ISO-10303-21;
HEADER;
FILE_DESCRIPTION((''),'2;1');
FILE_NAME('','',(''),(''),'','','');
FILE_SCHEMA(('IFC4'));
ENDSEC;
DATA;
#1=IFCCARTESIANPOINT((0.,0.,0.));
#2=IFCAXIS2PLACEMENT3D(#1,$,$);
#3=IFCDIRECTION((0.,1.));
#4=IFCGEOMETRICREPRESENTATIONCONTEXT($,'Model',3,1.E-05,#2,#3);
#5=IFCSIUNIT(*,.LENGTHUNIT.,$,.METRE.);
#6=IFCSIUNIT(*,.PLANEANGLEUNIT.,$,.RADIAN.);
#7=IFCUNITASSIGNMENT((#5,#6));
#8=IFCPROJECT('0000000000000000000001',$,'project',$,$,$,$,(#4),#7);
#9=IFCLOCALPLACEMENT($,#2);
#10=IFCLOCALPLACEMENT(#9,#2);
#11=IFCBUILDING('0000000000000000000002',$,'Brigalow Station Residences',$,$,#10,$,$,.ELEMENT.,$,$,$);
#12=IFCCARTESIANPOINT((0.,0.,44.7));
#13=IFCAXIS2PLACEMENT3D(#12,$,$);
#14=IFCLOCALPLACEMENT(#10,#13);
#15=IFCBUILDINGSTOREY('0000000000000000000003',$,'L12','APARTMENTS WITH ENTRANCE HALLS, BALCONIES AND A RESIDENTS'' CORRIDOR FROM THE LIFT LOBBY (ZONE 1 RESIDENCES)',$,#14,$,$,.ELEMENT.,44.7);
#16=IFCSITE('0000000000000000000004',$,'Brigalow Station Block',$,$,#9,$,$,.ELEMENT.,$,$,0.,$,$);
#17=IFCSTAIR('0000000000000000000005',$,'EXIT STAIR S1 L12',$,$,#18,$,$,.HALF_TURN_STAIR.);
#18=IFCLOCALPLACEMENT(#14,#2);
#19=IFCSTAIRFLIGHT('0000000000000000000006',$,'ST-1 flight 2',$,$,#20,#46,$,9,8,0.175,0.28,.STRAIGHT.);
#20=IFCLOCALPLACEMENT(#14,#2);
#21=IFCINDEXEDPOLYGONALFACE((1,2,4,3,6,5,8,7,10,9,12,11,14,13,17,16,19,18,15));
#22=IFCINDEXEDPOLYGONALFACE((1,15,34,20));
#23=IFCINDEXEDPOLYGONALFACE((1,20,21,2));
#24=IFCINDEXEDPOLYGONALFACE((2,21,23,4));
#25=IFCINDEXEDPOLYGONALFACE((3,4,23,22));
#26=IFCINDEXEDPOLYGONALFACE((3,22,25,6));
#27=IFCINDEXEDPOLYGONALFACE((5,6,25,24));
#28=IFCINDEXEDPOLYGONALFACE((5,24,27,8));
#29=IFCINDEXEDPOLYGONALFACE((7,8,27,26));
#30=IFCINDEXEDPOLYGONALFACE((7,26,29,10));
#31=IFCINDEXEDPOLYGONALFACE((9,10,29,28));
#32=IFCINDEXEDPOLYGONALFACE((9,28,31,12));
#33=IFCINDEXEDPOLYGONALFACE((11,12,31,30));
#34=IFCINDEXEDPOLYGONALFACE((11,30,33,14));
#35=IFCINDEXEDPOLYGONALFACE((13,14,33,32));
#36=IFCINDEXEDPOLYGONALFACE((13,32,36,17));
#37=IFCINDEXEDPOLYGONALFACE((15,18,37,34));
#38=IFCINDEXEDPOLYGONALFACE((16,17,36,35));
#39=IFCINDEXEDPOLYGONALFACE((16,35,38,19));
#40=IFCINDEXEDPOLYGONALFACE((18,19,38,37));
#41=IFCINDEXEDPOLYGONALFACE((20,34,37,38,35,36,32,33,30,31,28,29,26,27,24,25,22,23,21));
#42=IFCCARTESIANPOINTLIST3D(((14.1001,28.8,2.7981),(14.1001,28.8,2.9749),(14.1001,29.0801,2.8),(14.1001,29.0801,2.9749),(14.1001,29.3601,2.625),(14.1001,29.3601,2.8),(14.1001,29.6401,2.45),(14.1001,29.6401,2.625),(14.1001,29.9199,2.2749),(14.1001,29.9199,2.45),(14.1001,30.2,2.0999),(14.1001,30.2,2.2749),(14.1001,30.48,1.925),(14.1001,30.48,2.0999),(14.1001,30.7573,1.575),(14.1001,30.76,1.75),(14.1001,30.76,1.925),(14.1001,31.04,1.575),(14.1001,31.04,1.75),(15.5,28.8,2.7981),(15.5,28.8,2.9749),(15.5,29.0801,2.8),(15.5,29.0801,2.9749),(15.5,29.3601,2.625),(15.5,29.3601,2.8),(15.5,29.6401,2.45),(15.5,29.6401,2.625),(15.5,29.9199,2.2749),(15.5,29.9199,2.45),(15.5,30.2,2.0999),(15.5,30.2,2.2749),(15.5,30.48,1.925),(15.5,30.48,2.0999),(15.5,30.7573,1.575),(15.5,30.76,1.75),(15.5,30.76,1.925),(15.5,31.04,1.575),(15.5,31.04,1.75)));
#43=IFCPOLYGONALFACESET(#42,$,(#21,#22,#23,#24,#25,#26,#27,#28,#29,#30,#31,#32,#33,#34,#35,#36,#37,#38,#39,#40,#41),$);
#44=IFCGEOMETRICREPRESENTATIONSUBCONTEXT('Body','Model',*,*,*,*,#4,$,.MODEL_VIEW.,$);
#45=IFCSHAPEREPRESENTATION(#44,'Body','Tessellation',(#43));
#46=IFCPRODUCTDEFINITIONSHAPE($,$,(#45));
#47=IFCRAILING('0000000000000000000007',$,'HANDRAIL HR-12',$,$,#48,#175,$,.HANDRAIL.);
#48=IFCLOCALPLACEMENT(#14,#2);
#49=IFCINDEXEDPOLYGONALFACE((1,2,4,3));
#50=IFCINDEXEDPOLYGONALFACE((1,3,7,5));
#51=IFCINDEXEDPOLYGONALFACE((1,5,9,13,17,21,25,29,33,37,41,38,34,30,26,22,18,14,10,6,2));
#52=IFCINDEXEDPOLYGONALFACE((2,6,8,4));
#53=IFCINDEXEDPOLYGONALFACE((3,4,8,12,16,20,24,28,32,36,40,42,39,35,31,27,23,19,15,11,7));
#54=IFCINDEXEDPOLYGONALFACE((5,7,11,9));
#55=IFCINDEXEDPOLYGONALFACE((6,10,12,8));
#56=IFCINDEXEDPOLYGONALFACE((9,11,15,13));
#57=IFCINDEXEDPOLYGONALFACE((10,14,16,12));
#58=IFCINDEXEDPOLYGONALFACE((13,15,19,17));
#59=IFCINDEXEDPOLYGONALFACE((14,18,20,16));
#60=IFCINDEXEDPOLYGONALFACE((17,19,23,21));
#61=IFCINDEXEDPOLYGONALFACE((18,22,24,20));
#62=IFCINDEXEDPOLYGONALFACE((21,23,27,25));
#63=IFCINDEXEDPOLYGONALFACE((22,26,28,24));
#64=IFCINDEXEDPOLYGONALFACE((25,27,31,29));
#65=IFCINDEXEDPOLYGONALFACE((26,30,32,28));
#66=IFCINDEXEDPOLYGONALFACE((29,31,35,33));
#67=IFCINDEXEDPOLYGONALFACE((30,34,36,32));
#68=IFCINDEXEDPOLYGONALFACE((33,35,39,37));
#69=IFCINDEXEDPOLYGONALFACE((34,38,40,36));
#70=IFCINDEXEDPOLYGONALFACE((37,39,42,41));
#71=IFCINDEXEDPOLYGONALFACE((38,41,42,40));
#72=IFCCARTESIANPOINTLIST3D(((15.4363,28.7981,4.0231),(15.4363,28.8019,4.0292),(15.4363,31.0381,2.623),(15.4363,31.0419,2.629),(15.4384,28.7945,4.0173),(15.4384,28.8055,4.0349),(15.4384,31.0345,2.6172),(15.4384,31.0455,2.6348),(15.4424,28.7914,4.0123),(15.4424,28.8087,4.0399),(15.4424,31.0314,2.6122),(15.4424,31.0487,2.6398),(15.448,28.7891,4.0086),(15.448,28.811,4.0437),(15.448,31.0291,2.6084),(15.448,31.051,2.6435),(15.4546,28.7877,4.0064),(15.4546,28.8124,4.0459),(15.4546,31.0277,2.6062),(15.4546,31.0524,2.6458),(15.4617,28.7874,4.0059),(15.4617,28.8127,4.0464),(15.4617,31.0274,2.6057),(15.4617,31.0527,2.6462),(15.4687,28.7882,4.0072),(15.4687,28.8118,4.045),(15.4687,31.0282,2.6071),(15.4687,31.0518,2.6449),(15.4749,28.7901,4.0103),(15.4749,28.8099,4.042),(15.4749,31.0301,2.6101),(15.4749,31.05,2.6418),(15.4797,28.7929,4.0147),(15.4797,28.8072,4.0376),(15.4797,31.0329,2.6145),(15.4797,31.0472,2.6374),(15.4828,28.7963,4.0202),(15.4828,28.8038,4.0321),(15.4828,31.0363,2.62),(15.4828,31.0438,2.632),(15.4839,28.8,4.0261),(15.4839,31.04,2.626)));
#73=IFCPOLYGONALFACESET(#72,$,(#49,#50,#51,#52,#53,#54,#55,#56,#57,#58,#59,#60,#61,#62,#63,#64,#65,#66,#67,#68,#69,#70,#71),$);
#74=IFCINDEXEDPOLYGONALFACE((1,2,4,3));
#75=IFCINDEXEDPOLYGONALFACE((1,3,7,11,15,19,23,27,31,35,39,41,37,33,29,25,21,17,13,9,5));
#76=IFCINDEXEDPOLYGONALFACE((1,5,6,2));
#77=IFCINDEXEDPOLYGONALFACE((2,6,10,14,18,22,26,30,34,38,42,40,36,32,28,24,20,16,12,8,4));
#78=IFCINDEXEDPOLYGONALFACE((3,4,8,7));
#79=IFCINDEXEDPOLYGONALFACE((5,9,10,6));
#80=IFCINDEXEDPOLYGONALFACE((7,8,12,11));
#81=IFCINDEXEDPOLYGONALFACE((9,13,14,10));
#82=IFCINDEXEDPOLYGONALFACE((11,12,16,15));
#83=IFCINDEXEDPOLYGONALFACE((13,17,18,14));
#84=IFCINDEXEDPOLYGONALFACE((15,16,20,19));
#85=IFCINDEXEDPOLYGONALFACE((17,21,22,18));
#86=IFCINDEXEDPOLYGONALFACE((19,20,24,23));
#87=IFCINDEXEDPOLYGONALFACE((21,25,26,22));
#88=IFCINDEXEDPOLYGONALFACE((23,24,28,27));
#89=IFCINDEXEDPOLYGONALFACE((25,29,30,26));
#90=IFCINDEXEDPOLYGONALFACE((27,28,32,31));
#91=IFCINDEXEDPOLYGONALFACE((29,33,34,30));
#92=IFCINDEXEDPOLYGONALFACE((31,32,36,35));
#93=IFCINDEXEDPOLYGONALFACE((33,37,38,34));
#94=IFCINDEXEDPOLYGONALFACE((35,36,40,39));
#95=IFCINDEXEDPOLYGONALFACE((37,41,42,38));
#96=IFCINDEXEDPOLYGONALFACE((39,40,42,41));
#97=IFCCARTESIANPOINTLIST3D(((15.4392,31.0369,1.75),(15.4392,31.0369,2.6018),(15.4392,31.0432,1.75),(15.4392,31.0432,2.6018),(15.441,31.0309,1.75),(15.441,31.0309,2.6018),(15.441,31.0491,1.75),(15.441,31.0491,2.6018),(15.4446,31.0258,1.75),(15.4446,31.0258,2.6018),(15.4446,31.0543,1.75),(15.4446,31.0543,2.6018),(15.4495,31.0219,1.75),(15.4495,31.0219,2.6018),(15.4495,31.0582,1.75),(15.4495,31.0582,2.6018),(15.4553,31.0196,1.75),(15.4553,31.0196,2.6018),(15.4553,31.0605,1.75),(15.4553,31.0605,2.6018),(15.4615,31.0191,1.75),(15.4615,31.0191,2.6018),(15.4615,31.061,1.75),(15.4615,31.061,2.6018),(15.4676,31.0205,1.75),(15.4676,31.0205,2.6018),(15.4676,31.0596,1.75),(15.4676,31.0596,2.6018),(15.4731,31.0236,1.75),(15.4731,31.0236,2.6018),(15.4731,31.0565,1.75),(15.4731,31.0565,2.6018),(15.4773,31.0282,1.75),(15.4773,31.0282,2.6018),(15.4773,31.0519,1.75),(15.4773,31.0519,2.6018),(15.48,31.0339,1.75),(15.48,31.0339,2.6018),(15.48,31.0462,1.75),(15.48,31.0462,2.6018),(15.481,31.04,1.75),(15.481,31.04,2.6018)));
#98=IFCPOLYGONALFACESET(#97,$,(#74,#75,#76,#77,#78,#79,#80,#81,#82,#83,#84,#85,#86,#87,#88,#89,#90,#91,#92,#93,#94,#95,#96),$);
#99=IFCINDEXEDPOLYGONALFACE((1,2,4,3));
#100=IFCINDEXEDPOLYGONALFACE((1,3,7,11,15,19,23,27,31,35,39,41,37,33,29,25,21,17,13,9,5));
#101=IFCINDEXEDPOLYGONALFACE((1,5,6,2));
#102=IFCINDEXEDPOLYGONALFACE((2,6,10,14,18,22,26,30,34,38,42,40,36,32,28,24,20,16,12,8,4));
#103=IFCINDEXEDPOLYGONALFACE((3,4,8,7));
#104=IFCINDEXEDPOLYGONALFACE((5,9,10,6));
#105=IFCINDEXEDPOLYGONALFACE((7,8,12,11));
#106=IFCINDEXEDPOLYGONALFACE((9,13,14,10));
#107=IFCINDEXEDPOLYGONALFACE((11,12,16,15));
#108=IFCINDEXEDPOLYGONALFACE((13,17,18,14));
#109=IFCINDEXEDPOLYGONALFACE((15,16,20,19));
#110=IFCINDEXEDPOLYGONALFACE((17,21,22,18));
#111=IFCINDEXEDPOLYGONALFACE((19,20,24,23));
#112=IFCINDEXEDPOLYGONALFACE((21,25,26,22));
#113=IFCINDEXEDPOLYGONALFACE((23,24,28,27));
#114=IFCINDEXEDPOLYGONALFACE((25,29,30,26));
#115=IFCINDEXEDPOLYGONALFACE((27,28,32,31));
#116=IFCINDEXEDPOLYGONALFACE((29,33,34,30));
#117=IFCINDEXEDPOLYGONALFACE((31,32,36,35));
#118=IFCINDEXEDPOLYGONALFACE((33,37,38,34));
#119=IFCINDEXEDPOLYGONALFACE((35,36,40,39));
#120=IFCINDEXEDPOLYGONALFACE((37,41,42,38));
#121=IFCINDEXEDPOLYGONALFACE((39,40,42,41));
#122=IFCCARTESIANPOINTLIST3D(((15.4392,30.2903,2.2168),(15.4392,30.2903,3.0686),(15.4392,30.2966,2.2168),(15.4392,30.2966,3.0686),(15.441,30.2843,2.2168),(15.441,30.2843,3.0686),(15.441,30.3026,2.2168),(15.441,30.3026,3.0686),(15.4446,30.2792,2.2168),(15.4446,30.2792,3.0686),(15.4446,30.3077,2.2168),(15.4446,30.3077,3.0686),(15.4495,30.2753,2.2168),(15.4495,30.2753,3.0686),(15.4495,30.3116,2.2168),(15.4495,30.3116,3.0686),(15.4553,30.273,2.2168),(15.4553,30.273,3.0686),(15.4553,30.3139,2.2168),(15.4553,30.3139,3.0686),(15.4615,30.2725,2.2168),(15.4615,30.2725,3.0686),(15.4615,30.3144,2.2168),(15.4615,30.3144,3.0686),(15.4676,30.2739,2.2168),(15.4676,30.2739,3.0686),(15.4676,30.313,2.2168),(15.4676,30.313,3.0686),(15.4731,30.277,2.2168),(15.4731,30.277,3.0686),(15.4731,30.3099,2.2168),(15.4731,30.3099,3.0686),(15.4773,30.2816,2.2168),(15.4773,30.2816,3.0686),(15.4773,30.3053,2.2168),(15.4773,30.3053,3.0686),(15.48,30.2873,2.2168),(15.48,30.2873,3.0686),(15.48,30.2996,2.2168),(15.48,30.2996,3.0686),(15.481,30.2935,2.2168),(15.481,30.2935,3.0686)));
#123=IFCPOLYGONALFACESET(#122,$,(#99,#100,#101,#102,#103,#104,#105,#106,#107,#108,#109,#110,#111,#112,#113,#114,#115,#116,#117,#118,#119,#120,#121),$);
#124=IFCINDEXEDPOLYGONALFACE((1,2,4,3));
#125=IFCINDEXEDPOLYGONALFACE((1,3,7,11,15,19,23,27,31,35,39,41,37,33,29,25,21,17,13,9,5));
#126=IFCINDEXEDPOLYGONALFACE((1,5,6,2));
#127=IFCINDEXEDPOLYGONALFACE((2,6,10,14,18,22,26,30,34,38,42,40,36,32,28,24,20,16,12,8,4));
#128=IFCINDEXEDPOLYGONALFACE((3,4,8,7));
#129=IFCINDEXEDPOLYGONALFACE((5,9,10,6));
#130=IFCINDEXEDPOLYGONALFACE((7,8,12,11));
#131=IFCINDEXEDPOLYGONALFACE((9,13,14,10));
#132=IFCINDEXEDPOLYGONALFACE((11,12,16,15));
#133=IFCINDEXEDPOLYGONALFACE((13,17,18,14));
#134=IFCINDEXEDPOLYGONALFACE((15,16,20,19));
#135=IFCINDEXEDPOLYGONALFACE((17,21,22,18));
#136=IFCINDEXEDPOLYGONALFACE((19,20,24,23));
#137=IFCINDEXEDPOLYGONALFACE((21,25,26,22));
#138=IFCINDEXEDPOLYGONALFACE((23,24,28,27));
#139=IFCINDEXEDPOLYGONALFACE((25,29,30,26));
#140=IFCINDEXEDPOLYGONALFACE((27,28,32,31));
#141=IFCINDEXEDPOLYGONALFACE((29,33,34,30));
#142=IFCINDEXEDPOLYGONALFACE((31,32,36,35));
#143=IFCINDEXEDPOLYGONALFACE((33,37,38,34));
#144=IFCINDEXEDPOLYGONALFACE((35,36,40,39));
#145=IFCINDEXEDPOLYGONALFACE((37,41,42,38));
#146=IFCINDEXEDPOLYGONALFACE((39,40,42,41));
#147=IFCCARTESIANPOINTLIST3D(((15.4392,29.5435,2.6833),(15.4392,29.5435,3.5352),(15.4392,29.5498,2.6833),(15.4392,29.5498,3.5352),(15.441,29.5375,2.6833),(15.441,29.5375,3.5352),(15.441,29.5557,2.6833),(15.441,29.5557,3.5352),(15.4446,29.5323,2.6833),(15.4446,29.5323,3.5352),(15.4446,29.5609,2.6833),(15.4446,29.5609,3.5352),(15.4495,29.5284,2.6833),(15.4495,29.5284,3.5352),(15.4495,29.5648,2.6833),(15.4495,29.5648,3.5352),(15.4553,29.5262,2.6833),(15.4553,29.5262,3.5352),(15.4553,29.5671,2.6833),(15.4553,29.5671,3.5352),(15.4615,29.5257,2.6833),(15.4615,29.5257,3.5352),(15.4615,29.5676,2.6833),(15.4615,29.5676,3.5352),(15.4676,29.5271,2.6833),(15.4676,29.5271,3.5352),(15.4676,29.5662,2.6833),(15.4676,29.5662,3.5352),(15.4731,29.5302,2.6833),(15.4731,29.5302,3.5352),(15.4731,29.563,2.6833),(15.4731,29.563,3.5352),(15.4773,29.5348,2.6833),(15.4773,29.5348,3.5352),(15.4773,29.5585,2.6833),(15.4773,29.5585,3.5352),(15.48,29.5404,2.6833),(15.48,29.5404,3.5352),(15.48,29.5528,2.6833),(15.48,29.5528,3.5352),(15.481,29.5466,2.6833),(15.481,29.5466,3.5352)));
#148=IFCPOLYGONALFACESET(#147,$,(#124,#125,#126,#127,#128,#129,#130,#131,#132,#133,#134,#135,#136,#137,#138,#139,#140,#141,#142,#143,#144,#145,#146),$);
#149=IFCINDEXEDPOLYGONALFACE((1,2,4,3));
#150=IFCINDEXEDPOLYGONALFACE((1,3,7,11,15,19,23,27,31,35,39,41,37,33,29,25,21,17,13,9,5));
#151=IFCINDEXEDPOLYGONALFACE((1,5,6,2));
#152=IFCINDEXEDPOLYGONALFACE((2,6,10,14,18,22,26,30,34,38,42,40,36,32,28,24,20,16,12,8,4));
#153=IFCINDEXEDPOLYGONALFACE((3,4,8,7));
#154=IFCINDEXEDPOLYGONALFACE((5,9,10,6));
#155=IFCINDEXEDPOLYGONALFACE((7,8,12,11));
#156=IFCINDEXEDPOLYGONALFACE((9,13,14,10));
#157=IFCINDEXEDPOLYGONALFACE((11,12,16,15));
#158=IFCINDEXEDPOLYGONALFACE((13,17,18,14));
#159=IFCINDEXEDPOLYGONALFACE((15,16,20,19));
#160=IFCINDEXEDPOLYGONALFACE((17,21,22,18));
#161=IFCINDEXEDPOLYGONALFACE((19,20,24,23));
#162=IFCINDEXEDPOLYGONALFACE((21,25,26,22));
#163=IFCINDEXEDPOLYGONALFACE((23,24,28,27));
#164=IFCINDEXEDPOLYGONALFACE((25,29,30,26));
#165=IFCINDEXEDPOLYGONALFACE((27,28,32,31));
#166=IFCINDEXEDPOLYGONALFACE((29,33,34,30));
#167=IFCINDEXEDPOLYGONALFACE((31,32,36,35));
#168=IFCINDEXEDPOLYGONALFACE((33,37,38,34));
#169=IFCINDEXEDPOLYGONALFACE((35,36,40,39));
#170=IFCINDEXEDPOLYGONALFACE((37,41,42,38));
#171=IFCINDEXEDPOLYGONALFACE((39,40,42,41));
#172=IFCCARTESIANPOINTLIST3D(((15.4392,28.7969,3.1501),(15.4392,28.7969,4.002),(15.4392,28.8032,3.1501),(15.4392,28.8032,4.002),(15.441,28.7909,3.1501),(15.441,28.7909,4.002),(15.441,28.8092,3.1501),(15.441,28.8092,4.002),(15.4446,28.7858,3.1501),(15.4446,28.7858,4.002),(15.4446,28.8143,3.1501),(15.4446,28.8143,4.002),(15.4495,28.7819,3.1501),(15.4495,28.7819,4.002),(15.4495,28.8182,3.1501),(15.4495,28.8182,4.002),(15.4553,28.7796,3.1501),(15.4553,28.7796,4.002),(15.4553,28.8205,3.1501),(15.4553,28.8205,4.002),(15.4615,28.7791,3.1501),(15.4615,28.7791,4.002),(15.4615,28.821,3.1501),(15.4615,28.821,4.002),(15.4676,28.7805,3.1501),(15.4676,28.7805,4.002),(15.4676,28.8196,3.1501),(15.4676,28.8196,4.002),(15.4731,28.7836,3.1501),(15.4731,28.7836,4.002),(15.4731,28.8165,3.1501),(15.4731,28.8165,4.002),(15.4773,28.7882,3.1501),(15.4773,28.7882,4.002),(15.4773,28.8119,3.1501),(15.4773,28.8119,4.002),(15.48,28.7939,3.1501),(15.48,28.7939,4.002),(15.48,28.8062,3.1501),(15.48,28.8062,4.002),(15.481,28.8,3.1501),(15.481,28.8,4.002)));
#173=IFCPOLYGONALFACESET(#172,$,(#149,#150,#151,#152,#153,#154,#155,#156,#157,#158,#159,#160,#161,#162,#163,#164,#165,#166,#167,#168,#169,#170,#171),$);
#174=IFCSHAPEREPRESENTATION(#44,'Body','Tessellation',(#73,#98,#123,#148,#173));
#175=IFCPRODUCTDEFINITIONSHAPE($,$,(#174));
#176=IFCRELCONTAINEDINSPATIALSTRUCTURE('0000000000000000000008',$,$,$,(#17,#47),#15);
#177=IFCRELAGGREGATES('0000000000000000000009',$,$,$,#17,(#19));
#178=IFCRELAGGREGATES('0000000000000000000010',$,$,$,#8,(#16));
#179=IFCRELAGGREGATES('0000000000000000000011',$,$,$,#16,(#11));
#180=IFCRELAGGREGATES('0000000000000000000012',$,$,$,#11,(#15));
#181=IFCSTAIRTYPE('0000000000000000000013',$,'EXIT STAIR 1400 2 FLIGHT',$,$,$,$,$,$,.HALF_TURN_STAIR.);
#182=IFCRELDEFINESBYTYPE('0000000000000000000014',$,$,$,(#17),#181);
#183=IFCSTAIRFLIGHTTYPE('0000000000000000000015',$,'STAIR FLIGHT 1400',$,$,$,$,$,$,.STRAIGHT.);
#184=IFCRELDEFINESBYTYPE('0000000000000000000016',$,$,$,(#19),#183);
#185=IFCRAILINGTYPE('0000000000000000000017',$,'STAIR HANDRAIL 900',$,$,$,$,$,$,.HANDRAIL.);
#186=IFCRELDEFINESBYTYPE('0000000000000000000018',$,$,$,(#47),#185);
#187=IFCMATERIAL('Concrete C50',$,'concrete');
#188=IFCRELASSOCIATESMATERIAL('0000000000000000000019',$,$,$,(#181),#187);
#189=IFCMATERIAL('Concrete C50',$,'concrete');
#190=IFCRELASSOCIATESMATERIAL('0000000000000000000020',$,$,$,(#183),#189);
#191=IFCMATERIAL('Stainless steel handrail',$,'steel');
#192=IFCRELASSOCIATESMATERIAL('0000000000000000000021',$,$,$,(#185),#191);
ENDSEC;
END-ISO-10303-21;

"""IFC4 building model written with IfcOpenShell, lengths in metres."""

from ifc_helpers import new_model, si_unit, direction, frame, origin, origin_2d, place, context, subcontext, project, spatial, polyline, circle, outline, extrude, material, type_object, element, aggregate, save


model = new_model("IFC4")

# Units and contexts
model_context = context("Model", 3, precision=1e-05, world=origin(), true_north=direction((0.0, 1.0)))
body_context = subcontext(model_context, "Body", "Model", "MODEL_VIEW")
ifc_project = project(units=[si_unit("LENGTHUNIT", "METRE"), si_unit("PLANEANGLEUNIT", "RADIAN")], contexts=[model_context])

# Site, building, storey
site_placement = place(None, origin())
site = spatial("IfcSite", under=ifc_project, at=site_placement, Name="Brigalow Station Block", CompositionType="ELEMENT", RefElevation=0.0)
building_placement = place(site_placement, origin())
building = spatial("IfcBuilding", under=site, at=building_placement, Name="Brigalow Station Residences", CompositionType="ELEMENT")
storey_placement = place(building_placement, frame((0.0, 0.0, 44.7)))
storey = spatial("IfcBuildingStorey", under=building, at=storey_placement, Name="L12", Description="APARTMENTS WITH ENTRANCE HALLS, BALCONIES AND A RESIDENTS' CORRIDOR FROM THE LIFT LOBBY (ZONE 1 RESIDENCES)", CompositionType="ELEMENT", Elevation=44.7)

# Stair, stair flight
ifc_material_1 = material(Name="Concrete C50", Category="concrete")
stair_type = type_object("IfcStairType", Name="EXIT STAIR 1400 2 FLIGHT", PredefinedType="HALF_TURN_STAIR", material=ifc_material_1)
stair_placement = place(storey_placement, origin())
stair = element("IfcStair", 1, at=stair_placement, inside=storey, type_object=stair_type, Name="EXIT STAIR S1 L12", PredefinedType="HALF_TURN_STAIR")
ifc_material_2 = material(Name="Concrete C50", Category="concrete")
stair_flight_type = type_object("IfcStairFlightType", Name="STAIR FLIGHT 1400", PredefinedType="STRAIGHT", material=ifc_material_2)
stair_flight_1_placement = place(storey_placement, frame((14.8, 31.04, 1.575), z_axis=(0.0, 0.0, 1.0), x_axis=(0.0, -1.0, 0.0)))
stair_flight_1 = element("IfcStairFlight", 2, at=stair_flight_1_placement, type_object=stair_flight_type, Name="ST-1 flight 2", NumberOfRisers=9, NumberOfTreads=8, PredefinedType="STRAIGHT", RiserHeight=0.175, TreadLength=0.28, context=body_context, shape_type="SweptSolid", body=[
    extrude(outline(polyline([(0.0, 0.0), (0.0, 0.175), (0.28, 0.175), (0.28, 0.3501), (0.5601, 0.3501), (0.5601, 0.5249), (0.8401, 0.5249), (0.8401, 0.7), (1.1201, 0.7), (1.1201, 0.875), (1.3999, 0.875), (1.3999, 1.05), (1.6799, 1.05), (1.6799, 1.2251), (1.96, 1.2251), (1.96, 1.3999), (2.24, 1.3999), (2.24, 1.575), (2.24, 1.2231), (0.2827, 0.0), (0.0, 0.0)])), frame((0.0, 0.7, 0.0), z_axis=(0.0, -1.0, 0.0), x_axis=(1.0, 0.0, 0.0)), (0.0, 0.0, 1.0), 1.3999),
])
aggregate(stair, [stair_flight_1])

# Railing
ifc_material_3 = material(Name="Stainless steel handrail", Category="steel")
railing_type_1 = type_object("IfcRailingType", Name="STAIR HANDRAIL 900", PredefinedType="HANDRAIL", material=ifc_material_3)
railing_1_placement = place(storey_placement, frame((15.46, 31.04, 1.75)))
element("IfcRailing", 3, at=railing_1_placement, inside=storey, type_object=railing_type_1, Name="HANDRAIL HR-12", PredefinedType="HANDRAIL", context=body_context, shape_type="SweptSolid", body=[
    extrude(circle(Radius=0.0239, at=origin_2d()), frame((0.0, 0.0, 0.876), z_axis=(0.0, -0.847972, 0.53004), x_axis=(1.0, 0.0, 0.0)), (0.0, 0.0, 1.0), 2.6416),
    extrude(circle(Radius=0.021, at=origin_2d()), origin(), (0.0, 0.0, 1.0), 0.8518),
    extrude(circle(Radius=0.021, at=origin_2d()), frame((0.0, -0.7466, 0.4668)), (0.0, 0.0, 1.0), 0.8518),
    extrude(circle(Radius=0.021, at=origin_2d()), frame((0.0, -1.4934, 0.9333)), (0.0, 0.0, 1.0), 0.8518),
    extrude(circle(Radius=0.021, at=origin_2d()), frame((0.0, -2.24, 1.4001)), (0.0, 0.0, 1.0), 0.8518),
])

save(model, "model.ifc")
